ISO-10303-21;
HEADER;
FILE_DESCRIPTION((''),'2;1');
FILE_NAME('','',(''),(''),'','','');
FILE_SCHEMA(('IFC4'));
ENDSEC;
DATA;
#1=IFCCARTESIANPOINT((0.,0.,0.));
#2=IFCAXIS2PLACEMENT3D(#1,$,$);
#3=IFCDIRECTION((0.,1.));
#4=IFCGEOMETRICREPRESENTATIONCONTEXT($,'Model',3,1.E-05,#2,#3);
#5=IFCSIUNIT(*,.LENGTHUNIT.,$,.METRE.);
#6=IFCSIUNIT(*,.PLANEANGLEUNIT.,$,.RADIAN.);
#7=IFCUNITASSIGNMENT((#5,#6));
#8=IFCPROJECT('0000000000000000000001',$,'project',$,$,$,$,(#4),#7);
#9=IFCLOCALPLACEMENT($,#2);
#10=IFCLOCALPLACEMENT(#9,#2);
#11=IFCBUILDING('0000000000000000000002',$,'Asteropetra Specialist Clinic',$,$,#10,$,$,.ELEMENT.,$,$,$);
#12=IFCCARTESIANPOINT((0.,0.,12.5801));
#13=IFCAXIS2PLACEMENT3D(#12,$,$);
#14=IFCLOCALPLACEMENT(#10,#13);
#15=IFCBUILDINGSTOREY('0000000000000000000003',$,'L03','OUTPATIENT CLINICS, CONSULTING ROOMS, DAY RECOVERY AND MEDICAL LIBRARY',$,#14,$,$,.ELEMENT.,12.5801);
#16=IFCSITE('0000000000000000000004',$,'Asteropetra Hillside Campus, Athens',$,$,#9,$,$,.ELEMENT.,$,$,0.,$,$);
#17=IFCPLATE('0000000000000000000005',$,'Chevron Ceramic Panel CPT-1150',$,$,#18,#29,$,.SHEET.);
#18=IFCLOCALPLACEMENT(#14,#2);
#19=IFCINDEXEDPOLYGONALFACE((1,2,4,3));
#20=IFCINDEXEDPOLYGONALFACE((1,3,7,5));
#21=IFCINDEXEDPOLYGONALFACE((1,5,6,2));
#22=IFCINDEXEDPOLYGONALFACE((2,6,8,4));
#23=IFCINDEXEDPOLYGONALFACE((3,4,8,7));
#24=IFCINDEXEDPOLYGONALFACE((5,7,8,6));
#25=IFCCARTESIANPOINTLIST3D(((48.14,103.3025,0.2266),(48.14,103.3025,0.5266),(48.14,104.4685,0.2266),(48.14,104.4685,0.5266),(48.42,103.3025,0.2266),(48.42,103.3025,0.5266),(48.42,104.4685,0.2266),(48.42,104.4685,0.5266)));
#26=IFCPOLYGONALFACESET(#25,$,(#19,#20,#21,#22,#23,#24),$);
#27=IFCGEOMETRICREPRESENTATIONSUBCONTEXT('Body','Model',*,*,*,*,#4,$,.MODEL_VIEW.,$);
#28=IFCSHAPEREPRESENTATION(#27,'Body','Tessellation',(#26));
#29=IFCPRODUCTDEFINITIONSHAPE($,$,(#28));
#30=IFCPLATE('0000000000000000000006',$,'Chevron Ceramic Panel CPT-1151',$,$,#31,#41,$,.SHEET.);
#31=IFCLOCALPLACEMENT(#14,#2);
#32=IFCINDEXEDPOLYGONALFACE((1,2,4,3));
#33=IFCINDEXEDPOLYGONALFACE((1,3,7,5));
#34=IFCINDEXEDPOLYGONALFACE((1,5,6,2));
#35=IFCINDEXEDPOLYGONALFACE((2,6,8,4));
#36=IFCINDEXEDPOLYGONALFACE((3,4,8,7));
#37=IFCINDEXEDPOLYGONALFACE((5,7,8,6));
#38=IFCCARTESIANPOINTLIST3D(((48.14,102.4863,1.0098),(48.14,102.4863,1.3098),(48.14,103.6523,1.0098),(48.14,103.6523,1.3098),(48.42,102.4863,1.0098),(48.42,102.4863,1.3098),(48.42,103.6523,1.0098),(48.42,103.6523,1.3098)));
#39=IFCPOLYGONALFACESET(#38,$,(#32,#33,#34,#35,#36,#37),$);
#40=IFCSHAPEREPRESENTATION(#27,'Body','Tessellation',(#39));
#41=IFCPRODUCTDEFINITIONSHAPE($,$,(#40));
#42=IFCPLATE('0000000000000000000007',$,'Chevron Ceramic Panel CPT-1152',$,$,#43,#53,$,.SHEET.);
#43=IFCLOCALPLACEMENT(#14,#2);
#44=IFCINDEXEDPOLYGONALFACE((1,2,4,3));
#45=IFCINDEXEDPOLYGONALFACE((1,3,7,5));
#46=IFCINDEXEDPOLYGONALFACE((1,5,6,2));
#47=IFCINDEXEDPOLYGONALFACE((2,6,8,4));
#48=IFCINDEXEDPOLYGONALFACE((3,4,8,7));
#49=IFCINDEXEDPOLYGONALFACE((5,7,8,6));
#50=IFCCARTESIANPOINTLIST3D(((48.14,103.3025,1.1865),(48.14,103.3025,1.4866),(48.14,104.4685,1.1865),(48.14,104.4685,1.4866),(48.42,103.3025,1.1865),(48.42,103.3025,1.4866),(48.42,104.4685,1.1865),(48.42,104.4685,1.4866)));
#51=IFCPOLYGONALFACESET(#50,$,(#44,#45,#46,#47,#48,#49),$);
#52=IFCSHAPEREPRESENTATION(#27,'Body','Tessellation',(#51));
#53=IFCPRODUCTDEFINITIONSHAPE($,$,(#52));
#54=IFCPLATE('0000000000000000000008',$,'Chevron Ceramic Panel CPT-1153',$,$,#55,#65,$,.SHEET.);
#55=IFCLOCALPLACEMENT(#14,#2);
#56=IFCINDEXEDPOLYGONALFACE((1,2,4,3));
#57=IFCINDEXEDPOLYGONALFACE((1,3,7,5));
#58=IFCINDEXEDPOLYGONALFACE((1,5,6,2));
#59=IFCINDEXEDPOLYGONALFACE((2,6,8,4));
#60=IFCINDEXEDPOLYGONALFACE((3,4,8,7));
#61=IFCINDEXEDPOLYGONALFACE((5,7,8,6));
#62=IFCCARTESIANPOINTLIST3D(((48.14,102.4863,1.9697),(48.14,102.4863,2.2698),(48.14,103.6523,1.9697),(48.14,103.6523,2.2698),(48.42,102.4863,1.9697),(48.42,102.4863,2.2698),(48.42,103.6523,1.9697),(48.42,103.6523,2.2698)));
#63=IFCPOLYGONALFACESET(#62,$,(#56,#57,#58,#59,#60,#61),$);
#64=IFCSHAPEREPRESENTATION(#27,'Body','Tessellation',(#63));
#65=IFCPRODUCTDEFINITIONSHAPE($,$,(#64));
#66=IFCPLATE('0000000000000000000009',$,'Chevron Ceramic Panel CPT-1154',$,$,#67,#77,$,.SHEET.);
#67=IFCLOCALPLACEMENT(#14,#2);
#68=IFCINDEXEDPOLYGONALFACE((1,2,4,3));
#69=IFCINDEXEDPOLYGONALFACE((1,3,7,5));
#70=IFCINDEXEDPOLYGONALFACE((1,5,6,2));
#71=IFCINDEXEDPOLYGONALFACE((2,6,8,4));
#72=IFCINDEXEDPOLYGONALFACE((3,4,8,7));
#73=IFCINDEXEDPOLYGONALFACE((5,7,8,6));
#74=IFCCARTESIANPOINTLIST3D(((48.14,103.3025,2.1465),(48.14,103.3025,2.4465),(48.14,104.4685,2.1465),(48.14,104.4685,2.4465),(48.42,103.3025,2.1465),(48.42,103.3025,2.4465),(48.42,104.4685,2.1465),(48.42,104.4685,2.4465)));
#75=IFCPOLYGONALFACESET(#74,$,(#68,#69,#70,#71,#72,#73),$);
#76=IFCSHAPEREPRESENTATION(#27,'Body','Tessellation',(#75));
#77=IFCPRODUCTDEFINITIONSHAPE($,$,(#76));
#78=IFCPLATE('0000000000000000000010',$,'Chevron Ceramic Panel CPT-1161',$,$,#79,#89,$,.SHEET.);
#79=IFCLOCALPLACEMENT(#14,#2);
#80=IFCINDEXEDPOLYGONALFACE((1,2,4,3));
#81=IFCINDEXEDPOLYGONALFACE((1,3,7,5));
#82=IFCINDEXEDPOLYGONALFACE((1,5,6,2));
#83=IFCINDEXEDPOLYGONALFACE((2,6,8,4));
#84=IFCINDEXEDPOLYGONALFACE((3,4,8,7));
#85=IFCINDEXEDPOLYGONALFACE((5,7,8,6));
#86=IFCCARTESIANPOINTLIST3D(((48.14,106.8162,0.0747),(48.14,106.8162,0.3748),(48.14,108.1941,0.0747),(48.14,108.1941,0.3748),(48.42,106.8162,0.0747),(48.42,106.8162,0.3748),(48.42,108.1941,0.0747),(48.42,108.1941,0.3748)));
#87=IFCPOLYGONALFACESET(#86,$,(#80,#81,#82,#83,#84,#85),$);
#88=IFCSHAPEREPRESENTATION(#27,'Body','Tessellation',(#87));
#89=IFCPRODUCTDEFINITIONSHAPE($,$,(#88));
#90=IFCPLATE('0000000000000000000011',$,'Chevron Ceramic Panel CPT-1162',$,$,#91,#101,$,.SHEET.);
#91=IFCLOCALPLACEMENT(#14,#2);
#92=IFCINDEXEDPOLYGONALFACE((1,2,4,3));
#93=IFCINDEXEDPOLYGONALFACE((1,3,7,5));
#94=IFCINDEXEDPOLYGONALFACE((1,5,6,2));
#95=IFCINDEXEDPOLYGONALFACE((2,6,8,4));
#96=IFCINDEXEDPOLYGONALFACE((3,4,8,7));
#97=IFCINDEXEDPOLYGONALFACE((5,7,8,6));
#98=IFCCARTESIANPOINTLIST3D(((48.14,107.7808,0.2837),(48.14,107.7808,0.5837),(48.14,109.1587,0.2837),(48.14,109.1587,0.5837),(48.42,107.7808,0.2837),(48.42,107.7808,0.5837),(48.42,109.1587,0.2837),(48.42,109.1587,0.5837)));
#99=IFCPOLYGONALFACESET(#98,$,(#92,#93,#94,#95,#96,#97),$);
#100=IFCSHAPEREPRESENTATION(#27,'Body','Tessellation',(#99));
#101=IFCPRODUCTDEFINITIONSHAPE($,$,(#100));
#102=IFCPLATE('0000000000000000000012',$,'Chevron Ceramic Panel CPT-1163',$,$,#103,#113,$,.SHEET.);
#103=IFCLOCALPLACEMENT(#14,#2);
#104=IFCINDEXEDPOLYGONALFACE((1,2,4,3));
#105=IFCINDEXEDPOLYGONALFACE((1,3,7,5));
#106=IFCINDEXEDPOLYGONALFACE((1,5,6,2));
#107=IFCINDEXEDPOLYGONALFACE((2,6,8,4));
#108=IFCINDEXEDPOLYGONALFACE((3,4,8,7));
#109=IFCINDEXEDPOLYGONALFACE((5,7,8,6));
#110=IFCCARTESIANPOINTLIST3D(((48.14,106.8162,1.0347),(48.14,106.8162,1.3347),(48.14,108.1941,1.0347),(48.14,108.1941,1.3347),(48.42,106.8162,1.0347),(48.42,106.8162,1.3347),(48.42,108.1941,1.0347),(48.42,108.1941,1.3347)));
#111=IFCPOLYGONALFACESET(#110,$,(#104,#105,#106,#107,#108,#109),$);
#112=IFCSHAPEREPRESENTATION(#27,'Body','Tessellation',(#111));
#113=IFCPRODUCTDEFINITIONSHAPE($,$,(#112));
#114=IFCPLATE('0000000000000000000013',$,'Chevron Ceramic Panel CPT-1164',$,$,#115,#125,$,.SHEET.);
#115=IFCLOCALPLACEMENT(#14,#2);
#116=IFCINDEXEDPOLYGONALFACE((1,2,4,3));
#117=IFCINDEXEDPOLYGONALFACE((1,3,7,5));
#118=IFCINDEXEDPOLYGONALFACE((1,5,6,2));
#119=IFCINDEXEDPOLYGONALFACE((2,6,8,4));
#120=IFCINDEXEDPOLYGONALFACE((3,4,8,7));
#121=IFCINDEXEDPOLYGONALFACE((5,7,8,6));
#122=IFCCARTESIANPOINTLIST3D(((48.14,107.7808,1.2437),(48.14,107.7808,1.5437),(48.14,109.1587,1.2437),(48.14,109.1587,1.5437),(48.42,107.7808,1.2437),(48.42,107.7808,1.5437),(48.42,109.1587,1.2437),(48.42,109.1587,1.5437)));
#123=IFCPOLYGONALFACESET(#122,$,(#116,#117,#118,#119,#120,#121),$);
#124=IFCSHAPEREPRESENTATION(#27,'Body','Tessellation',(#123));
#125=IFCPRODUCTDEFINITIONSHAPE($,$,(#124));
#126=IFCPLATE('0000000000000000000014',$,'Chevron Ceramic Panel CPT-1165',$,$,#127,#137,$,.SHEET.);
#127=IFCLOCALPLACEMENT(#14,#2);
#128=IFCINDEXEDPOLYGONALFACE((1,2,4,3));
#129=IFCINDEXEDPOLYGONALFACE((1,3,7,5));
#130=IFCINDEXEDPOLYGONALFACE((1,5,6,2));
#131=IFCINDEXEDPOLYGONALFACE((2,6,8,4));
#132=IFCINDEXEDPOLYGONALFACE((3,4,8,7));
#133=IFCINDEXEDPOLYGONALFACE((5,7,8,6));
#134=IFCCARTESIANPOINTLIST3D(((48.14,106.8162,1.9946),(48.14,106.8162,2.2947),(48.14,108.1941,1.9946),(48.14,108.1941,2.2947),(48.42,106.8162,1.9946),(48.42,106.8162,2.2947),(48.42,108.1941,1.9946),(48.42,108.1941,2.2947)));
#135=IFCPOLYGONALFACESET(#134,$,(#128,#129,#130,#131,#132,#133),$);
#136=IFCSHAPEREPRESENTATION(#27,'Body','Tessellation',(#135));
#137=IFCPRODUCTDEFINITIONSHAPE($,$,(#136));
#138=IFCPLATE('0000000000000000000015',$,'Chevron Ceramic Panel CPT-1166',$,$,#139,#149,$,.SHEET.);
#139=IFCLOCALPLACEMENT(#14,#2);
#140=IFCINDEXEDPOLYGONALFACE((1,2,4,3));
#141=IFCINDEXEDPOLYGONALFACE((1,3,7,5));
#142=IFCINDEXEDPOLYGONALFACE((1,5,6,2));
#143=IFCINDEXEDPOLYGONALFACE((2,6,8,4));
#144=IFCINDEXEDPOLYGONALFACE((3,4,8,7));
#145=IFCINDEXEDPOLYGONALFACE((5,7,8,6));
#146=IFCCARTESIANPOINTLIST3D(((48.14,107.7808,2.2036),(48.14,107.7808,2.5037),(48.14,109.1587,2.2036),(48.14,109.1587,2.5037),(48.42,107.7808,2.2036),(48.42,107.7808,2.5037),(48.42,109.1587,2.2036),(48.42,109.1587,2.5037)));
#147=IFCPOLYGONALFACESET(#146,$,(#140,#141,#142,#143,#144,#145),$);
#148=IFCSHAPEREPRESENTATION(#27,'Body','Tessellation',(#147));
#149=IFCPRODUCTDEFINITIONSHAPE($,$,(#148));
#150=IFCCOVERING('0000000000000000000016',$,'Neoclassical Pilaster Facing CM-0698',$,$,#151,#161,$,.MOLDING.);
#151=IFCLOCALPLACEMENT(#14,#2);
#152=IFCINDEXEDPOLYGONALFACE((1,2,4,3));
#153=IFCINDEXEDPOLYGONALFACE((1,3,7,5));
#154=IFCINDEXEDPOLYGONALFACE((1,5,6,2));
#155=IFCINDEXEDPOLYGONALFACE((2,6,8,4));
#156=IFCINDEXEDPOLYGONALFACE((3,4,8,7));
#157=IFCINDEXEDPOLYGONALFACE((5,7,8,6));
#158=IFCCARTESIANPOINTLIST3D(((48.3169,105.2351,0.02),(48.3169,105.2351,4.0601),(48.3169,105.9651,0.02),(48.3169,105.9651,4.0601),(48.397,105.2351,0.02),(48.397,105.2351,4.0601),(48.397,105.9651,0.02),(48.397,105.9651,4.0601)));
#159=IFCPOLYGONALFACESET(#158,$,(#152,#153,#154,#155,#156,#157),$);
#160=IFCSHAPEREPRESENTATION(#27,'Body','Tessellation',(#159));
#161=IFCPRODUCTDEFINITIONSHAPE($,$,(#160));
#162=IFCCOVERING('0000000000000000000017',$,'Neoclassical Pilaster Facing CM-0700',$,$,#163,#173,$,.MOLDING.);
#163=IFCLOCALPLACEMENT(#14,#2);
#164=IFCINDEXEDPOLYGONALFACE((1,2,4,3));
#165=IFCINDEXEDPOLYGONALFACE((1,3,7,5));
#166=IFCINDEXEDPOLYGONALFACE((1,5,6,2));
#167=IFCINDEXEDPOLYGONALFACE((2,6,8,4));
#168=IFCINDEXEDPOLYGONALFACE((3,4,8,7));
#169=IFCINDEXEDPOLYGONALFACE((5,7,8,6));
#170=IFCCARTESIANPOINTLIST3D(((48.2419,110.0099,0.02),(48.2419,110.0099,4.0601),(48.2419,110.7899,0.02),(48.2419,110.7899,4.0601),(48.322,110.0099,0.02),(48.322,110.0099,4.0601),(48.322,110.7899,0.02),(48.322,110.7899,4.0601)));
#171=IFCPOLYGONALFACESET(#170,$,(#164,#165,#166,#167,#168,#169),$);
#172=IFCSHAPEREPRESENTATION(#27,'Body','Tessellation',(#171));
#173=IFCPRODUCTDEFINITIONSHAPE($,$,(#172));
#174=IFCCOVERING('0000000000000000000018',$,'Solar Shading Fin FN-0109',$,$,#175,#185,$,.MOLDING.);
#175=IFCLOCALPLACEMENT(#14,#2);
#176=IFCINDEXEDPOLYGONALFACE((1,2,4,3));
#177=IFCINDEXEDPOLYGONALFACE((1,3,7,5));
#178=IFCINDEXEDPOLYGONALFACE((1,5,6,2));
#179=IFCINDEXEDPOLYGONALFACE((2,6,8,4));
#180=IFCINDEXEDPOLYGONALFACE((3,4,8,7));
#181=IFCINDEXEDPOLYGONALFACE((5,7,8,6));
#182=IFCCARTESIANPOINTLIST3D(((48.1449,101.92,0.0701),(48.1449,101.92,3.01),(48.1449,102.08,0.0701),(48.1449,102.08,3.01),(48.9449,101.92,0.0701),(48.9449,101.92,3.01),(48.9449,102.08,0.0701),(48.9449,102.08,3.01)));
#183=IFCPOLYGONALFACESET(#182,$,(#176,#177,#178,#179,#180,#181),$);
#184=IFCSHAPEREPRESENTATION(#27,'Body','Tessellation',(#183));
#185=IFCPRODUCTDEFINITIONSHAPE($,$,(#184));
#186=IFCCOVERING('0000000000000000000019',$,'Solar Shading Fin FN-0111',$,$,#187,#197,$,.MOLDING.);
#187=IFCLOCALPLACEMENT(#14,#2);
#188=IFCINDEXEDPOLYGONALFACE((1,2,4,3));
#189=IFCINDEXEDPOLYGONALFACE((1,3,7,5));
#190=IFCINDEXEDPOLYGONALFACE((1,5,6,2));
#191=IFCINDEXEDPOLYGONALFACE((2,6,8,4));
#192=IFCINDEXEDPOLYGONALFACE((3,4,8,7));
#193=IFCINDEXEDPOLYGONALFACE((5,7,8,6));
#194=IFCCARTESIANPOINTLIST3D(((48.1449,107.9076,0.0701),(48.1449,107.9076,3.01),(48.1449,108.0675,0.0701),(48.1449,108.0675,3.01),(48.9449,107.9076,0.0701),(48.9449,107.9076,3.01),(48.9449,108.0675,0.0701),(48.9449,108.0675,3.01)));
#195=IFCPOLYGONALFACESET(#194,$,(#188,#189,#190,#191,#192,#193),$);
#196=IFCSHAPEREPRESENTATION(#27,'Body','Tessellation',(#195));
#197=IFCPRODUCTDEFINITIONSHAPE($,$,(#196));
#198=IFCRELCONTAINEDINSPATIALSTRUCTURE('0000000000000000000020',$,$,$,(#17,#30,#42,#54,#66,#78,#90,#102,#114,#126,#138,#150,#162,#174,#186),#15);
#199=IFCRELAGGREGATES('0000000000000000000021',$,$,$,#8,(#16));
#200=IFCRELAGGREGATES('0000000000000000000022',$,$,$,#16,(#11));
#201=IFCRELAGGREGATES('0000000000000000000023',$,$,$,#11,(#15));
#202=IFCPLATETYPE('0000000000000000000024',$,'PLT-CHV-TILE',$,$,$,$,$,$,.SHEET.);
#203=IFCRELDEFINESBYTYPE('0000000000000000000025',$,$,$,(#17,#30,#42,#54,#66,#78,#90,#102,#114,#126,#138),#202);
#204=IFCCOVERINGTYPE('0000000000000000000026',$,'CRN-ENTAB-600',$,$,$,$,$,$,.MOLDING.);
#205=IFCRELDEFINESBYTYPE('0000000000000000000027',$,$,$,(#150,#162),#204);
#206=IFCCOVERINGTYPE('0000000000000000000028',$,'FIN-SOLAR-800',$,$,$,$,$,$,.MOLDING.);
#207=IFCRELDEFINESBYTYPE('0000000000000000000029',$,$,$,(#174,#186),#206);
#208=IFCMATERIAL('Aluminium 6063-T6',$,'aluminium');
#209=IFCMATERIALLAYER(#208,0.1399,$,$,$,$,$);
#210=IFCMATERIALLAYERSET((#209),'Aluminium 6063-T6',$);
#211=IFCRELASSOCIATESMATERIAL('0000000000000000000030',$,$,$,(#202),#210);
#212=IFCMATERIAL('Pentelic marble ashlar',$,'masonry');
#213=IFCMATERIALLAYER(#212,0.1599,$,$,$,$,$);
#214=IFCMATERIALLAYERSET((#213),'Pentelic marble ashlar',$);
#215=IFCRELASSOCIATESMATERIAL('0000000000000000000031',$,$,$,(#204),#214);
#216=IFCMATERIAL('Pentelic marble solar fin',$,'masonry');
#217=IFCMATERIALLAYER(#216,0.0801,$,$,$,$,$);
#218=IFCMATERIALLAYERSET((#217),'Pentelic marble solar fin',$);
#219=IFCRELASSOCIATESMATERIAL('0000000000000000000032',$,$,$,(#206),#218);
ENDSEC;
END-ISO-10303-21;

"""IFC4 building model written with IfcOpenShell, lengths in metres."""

from ifc_helpers import new_model, si_unit, direction, frame, origin, origin_2d, place, context, subcontext, project, spatial, rectangle, extrude, material, layer, layer_set, type_object, element, save


model = new_model("IFC4")

# Units and contexts
model_context = context("Model", 3, precision=1e-05, world=origin(), true_north=direction((0.0, 1.0)))
body_context = subcontext(model_context, "Body", "Model", "MODEL_VIEW")
ifc_project = project(units=[si_unit("LENGTHUNIT", "METRE"), si_unit("PLANEANGLEUNIT", "RADIAN")], contexts=[model_context])

# Site, building, storey
site_placement = place(None, origin())
site = spatial("IfcSite", under=ifc_project, at=site_placement, Name="Asteropetra Hillside Campus, Athens", CompositionType="ELEMENT", RefElevation=0.0)
building_placement = place(site_placement, origin())
building = spatial("IfcBuilding", under=site, at=building_placement, Name="Asteropetra Specialist Clinic", CompositionType="ELEMENT")
storey_placement = place(building_placement, frame((0.0, 0.0, 12.5801)))
storey = spatial("IfcBuildingStorey", under=building, at=storey_placement, Name="L03", Description="OUTPATIENT CLINICS, CONSULTING ROOMS, DAY RECOVERY AND MEDICAL LIBRARY", CompositionType="ELEMENT", Elevation=12.5801)

# Plates
ifc_material_1 = material(Name="Aluminium 6063-T6", Category="aluminium")
ifc_layer_1 = layer(ifc_material_1, 0.1399)
ifc_layer_set_1 = layer_set([ifc_layer_1], Name="Aluminium 6063-T6")
plate_type_1 = type_object("IfcPlateType", Name="PLT-CHV-TILE", PredefinedType="SHEET", material=ifc_layer_set_1)
for number, where, z_axis, x_axis, name in (
    (1, (48.28, 103.8855, 0.2266), (0.0, 0.0, 1.0), (1.0, 0.0, 0.0), "Chevron Ceramic Panel CPT-1150"),
    (2, (48.28, 103.0693, 1.0098), (0.0, 0.0, 1.0), (1.0, 0.0, 0.0), "Chevron Ceramic Panel CPT-1151"),
    (3, (48.28, 103.8855, 1.1865), (0.0, 0.0, 1.0), (1.0, 0.0, 0.0), "Chevron Ceramic Panel CPT-1152"),
    (4, (48.28, 103.0693, 1.9697), (0.0, 0.0, 1.0), (1.0, 0.0, 0.0), "Chevron Ceramic Panel CPT-1153"),
    (5, (48.28, 103.8855, 2.1465), (0.0, 0.0, 1.0), (1.0, 0.0, 0.0), "Chevron Ceramic Panel CPT-1154"),
):
    element("IfcPlate", number, at=place(storey_placement, frame(where, z_axis=z_axis, x_axis=x_axis)), inside=storey, type_object=plate_type_1, Name=name, PredefinedType="SHEET", context=body_context, shape_type="SweptSolid", body=[
        extrude(rectangle(XDim=0.28, YDim=1.166, at=origin_2d()), origin(), (0.0, 0.0, 1.0), 0.3),
    ])
for number, where, z_axis, x_axis, name in (
    (6, (48.28, 107.5051, 0.0747), (0.0, 0.0, 1.0), (1.0, 0.0, 0.0), "Chevron Ceramic Panel CPT-1161"),
    (7, (48.28, 108.4697, 0.2837), (0.0, 0.0, 1.0), (1.0, 0.0, 0.0), "Chevron Ceramic Panel CPT-1162"),
    (8, (48.28, 107.5051, 1.0347), (0.0, 0.0, 1.0), (1.0, 0.0, 0.0), "Chevron Ceramic Panel CPT-1163"),
    (9, (48.28, 108.4697, 1.2437), (0.0, 0.0, 1.0), (1.0, 0.0, 0.0), "Chevron Ceramic Panel CPT-1164"),
    (10, (48.28, 107.5051, 1.9946), (0.0, 0.0, 1.0), (1.0, 0.0, 0.0), "Chevron Ceramic Panel CPT-1165"),
    (11, (48.28, 108.4697, 2.2036), (0.0, 0.0, 1.0), (1.0, 0.0, 0.0), "Chevron Ceramic Panel CPT-1166"),
):
    element("IfcPlate", number, at=place(storey_placement, frame(where, z_axis=z_axis, x_axis=x_axis)), inside=storey, type_object=plate_type_1, Name=name, PredefinedType="SHEET", context=body_context, shape_type="SweptSolid", body=[
        extrude(rectangle(XDim=0.28, YDim=1.3779, at=origin_2d()), origin(), (0.0, 0.0, 1.0), 0.3),
    ])

# Coverings
ifc_material_2 = material(Name="Pentelic marble ashlar", Category="masonry")
ifc_layer_2 = layer(ifc_material_2, 0.1599)
ifc_layer_set_2 = layer_set([ifc_layer_2], Name="Pentelic marble ashlar")
covering_type_1 = type_object("IfcCoveringType", Name="CRN-ENTAB-600", PredefinedType="MOLDING", material=ifc_layer_set_2)
covering_1_placement = place(storey_placement, frame((48.3569, 105.6001, 0.02), z_axis=(0.0, 0.0, 1.0), x_axis=(1.0, 0.0, 0.0)))
element("IfcCovering", 12, at=covering_1_placement, inside=storey, type_object=covering_type_1, Name="Neoclassical Pilaster Facing CM-0698", PredefinedType="MOLDING", context=body_context, shape_type="SweptSolid", body=[
    extrude(rectangle(XDim=0.0801, YDim=0.73, at=origin_2d()), origin(), (0.0, 0.0, 1.0), 4.04),
])
covering_2_placement = place(storey_placement, frame((48.282, 110.3999, 0.02), z_axis=(0.0, 0.0, 1.0), x_axis=(1.0, 0.0, 0.0)))
element("IfcCovering", 13, at=covering_2_placement, inside=storey, type_object=covering_type_1, Name="Neoclassical Pilaster Facing CM-0700", PredefinedType="MOLDING", context=body_context, shape_type="SweptSolid", body=[
    extrude(rectangle(XDim=0.0801, YDim=0.78, at=origin_2d()), origin(), (0.0, 0.0, 1.0), 4.04),
])
ifc_material_3 = material(Name="Pentelic marble solar fin", Category="masonry")
ifc_layer_3 = layer(ifc_material_3, 0.0801)
ifc_layer_set_3 = layer_set([ifc_layer_3], Name="Pentelic marble solar fin")
covering_type_2 = type_object("IfcCoveringType", Name="FIN-SOLAR-800", PredefinedType="MOLDING", material=ifc_layer_set_3)
for number, where, z_axis, x_axis, name in (
    (14, (48.5449, 102.0, 0.0701), (0.0, 0.0, 1.0), (1.0, 0.0, 0.0), "Solar Shading Fin FN-0109"),
    (15, (48.5449, 107.9875, 0.0701), (0.0, 0.0, 1.0), (1.0, 0.0, 0.0), "Solar Shading Fin FN-0111"),
):
    element("IfcCovering", number, at=place(storey_placement, frame(where, z_axis=z_axis, x_axis=x_axis)), inside=storey, type_object=covering_type_2, Name=name, PredefinedType="MOLDING", context=body_context, shape_type="SweptSolid", body=[
        extrude(rectangle(XDim=0.8, YDim=0.1599, at=origin_2d()), origin(), (0.0, 0.0, 1.0), 2.9399),
    ])

save(model, "model.ifc")
